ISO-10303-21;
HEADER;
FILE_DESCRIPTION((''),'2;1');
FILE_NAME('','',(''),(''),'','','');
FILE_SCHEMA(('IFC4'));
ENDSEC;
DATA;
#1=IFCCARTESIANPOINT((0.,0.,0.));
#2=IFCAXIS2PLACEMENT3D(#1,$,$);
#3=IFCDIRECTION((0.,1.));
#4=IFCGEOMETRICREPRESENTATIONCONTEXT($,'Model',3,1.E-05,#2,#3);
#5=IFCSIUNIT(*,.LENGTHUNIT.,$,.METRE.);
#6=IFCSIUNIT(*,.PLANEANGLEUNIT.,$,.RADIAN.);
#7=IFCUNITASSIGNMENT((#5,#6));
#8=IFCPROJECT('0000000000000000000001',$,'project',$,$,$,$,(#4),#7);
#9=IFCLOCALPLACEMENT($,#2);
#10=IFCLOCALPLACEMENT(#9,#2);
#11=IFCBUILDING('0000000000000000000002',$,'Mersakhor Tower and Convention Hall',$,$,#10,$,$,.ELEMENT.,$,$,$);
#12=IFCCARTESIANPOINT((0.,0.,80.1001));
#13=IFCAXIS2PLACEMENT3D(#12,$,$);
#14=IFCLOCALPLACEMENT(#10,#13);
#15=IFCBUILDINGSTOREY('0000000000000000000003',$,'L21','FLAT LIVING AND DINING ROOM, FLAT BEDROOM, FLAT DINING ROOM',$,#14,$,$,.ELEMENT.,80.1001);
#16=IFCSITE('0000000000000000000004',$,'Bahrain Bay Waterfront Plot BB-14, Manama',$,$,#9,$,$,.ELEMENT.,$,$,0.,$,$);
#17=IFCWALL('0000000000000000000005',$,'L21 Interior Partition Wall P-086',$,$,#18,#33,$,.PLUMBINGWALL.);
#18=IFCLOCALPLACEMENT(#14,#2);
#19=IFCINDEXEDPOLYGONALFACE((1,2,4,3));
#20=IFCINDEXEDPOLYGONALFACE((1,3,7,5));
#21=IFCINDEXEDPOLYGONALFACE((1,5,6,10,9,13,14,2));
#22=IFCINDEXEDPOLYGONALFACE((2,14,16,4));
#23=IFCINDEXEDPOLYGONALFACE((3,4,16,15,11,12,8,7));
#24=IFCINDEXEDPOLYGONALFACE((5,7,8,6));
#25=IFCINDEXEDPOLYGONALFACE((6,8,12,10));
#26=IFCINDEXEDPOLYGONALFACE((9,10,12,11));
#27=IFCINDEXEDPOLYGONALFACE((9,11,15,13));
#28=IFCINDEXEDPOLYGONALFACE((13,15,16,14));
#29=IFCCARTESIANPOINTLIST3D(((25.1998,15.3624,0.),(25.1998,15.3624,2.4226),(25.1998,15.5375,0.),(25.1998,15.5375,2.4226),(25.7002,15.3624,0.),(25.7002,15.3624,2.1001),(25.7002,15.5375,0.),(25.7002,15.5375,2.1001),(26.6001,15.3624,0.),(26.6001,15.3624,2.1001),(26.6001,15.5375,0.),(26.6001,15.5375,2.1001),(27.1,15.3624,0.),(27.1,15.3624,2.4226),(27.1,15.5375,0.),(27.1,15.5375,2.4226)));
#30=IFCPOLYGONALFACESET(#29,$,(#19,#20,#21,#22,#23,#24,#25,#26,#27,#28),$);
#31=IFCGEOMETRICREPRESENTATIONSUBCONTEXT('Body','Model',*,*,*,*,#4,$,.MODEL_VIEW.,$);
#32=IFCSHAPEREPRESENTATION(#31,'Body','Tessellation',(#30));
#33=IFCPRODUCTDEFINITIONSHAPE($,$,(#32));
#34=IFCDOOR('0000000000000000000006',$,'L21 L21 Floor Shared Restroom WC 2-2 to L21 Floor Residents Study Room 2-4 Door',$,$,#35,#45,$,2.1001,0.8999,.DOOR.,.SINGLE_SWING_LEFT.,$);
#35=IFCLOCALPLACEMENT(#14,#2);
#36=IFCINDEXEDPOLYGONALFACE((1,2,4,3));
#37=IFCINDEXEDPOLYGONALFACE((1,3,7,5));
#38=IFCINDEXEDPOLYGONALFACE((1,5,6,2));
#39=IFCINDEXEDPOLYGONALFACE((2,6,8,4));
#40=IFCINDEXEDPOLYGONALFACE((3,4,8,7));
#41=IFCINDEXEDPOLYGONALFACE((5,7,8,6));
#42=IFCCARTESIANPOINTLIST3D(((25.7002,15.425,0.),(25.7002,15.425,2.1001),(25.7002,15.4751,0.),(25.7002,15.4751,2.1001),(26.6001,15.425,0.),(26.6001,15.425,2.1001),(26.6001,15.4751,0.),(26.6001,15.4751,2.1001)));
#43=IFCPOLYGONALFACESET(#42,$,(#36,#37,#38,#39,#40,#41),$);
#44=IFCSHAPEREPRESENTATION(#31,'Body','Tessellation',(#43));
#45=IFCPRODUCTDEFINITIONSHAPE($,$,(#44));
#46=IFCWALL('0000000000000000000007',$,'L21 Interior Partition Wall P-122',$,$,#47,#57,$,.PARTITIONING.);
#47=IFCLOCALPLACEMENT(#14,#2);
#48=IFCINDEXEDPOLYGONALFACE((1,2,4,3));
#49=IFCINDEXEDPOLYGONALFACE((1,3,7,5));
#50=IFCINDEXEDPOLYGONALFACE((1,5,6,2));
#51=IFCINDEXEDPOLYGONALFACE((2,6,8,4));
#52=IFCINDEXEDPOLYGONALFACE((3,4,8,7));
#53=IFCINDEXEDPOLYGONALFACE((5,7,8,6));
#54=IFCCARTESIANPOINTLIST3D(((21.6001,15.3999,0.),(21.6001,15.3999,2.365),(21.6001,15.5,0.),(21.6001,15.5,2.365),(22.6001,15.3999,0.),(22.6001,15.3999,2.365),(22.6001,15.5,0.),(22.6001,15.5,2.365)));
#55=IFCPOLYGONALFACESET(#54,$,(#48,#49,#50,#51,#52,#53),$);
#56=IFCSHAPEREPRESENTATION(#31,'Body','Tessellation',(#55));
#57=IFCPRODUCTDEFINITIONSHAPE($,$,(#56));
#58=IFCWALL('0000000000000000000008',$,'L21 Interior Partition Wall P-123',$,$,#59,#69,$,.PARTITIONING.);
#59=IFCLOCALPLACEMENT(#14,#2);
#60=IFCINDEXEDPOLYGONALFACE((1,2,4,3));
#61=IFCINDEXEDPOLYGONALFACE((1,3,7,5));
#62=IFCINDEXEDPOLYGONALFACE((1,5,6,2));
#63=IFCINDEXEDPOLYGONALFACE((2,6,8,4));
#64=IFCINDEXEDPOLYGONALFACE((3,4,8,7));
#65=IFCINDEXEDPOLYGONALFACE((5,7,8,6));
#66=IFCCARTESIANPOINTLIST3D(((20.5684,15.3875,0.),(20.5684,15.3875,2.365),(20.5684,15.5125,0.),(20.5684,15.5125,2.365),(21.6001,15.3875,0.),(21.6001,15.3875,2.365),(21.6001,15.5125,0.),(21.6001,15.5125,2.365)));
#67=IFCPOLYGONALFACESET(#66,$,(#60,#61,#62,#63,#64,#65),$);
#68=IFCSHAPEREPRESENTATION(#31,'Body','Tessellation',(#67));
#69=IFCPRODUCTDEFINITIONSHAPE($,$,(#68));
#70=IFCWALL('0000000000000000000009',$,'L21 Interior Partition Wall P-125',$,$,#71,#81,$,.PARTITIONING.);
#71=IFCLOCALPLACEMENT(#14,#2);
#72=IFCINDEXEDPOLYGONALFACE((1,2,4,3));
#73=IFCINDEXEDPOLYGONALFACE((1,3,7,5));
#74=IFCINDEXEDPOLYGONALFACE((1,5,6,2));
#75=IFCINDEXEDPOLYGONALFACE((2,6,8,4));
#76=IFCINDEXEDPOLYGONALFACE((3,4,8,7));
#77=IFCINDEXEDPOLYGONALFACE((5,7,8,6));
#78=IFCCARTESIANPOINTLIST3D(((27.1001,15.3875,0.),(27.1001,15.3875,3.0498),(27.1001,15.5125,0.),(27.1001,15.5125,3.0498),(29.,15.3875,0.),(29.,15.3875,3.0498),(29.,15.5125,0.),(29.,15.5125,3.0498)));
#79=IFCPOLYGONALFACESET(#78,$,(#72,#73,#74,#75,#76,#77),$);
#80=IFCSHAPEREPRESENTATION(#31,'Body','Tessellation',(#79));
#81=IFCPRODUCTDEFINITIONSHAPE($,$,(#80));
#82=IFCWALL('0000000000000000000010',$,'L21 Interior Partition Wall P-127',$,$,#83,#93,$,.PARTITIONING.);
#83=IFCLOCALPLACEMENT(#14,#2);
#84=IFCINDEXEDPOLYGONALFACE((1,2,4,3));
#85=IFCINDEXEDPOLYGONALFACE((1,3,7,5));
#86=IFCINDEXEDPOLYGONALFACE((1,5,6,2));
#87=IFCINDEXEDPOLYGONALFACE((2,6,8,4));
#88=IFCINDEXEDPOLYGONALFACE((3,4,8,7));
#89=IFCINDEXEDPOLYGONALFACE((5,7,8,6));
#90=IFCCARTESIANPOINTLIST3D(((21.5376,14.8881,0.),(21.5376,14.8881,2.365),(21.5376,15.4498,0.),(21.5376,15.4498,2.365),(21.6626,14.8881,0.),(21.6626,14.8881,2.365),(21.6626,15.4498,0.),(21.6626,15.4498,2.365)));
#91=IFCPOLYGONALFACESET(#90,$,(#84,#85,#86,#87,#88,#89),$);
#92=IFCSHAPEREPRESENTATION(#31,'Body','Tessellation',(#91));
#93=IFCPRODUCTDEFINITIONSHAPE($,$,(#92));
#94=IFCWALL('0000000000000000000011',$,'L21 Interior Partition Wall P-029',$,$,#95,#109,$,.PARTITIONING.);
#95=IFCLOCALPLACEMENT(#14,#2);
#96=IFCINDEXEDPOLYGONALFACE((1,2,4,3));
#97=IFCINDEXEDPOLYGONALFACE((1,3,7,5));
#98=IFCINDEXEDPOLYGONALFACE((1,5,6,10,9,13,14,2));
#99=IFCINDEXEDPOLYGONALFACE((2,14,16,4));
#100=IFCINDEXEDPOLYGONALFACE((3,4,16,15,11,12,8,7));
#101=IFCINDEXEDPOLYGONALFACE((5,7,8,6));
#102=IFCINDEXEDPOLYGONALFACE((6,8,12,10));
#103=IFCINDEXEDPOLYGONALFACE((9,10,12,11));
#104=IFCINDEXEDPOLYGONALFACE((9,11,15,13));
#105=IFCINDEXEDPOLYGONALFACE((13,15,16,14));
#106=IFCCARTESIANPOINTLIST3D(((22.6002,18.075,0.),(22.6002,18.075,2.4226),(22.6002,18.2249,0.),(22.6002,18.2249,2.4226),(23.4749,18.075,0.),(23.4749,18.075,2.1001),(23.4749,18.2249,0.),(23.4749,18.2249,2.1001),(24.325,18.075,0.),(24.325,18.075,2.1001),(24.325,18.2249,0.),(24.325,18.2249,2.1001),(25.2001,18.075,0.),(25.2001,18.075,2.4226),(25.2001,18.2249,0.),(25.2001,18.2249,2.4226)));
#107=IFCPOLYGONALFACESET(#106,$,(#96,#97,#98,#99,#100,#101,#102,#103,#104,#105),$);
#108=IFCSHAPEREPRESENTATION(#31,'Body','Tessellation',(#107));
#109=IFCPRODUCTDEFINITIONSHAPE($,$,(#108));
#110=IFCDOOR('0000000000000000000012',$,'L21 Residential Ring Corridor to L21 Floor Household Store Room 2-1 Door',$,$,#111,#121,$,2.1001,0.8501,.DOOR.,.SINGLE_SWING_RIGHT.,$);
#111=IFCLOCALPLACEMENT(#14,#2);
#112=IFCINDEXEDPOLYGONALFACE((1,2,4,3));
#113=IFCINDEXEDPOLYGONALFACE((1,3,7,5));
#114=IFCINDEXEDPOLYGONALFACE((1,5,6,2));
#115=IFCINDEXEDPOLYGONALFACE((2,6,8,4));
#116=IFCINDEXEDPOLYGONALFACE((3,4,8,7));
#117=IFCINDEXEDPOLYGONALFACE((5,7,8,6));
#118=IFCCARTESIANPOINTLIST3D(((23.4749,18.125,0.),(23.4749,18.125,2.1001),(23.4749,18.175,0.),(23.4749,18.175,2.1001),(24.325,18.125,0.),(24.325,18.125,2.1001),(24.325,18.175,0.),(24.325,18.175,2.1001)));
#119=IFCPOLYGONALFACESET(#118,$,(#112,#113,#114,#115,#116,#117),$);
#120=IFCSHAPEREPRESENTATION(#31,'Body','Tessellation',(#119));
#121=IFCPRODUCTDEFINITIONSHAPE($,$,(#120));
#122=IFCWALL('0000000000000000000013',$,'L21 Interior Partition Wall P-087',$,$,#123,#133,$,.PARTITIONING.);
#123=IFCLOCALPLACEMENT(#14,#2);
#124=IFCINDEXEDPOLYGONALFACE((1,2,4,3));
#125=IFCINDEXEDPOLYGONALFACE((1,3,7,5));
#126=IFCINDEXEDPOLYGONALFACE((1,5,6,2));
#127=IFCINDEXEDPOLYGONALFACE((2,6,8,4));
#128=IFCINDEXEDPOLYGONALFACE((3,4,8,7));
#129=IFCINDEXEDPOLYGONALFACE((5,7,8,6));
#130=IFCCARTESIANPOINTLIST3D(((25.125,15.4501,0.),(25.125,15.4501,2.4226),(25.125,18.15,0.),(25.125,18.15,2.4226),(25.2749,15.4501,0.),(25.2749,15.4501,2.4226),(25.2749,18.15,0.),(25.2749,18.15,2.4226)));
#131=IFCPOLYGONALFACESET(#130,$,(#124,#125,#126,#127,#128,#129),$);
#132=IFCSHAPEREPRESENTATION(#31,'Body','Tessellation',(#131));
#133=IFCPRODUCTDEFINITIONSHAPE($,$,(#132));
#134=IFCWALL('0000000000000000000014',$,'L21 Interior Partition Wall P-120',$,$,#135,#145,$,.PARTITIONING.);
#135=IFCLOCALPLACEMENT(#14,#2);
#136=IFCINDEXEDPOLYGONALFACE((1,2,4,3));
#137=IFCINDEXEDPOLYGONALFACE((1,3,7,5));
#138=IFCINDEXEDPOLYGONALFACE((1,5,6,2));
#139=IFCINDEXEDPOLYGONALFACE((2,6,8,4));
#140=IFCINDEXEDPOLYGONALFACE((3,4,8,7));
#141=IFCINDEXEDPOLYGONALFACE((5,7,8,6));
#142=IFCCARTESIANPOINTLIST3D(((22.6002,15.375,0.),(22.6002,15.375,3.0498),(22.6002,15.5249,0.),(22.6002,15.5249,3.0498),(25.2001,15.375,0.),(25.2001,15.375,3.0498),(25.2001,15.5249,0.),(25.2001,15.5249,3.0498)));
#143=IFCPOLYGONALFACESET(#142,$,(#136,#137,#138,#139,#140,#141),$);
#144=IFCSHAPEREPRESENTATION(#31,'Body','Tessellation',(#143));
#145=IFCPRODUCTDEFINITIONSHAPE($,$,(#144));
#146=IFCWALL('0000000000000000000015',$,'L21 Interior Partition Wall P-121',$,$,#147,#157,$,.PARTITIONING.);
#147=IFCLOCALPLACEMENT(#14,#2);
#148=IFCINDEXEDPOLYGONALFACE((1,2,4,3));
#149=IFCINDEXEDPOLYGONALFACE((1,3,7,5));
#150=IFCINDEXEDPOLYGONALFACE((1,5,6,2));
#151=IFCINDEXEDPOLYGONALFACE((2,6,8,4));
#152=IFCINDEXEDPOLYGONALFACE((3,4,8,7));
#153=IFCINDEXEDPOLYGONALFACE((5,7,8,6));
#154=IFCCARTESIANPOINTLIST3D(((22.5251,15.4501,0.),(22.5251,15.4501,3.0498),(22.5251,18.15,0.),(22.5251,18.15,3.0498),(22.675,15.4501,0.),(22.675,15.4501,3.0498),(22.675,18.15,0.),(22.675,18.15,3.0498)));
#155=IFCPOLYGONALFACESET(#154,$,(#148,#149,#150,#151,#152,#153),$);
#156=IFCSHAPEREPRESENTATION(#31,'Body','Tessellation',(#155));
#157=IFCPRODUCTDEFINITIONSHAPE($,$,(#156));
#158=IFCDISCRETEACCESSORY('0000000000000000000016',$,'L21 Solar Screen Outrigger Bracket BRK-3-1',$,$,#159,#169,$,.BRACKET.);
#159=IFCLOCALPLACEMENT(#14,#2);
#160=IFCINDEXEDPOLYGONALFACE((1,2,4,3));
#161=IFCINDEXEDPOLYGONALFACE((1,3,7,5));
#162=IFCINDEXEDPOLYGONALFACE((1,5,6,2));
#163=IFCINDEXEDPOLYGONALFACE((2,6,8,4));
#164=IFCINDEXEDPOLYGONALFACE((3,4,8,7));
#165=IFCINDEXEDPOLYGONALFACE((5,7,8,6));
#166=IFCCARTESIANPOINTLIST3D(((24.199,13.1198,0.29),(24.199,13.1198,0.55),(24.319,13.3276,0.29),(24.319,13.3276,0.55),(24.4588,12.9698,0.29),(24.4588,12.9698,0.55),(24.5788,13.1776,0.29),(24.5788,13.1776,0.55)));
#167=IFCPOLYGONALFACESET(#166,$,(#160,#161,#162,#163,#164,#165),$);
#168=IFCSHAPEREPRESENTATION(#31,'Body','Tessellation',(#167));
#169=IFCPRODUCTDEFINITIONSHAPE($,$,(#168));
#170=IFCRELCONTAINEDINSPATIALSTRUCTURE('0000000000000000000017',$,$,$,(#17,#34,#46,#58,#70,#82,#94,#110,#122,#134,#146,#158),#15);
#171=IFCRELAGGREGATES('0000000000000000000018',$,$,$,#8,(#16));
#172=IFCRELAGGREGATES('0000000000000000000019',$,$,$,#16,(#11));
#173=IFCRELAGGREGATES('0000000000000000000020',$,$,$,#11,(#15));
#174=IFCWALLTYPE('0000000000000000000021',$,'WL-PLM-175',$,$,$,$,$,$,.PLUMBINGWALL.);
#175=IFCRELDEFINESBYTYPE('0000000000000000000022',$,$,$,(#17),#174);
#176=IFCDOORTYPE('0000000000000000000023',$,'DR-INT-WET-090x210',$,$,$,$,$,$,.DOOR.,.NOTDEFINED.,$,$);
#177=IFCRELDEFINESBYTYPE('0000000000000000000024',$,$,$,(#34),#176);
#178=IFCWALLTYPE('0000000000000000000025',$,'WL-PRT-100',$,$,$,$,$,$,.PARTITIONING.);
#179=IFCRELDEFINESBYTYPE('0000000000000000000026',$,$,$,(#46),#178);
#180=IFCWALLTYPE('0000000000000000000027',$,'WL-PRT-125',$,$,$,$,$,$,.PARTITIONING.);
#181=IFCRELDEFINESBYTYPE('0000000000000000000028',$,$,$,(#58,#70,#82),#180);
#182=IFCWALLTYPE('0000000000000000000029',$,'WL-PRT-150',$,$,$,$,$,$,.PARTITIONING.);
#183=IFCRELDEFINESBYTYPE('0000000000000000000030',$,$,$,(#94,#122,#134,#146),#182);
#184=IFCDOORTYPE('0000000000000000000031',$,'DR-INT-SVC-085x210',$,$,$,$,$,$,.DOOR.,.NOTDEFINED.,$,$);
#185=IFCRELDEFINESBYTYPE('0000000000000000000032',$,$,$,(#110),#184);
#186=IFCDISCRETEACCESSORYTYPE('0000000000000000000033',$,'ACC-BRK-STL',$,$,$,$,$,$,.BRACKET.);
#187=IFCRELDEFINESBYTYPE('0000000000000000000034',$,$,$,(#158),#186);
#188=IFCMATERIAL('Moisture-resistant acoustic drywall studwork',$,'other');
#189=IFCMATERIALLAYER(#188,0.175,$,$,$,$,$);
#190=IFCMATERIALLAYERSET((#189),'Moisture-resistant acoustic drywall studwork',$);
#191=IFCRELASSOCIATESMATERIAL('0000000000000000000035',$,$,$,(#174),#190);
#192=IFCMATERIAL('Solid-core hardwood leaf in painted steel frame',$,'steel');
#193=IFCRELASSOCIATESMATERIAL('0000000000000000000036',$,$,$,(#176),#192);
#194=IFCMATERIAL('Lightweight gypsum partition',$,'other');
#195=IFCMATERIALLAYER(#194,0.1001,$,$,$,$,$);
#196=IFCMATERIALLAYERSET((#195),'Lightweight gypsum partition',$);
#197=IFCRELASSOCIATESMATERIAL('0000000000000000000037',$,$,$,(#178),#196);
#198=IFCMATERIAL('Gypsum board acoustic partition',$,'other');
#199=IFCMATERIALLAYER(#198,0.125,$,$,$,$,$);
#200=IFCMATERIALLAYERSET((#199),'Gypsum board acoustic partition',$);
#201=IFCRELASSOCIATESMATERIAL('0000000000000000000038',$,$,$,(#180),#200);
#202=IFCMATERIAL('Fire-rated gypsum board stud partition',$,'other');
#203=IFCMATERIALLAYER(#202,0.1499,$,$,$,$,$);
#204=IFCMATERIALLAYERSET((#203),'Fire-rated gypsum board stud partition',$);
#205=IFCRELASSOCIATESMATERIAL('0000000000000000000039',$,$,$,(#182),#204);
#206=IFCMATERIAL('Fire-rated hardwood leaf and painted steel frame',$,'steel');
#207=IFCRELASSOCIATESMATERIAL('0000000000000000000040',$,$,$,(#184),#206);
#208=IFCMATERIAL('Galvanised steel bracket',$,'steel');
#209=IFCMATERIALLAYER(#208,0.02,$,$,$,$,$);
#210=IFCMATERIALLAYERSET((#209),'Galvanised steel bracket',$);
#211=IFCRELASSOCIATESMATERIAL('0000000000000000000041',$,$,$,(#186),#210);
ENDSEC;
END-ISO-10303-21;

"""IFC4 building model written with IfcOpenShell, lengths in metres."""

from ifc_helpers import new_model, si_unit, direction, frame, frame_2d, origin, origin_2d, place, context, subcontext, project, spatial, rectangle, extrude, material, layer, layer_set, type_object, element, fill, save


model = new_model("IFC4")

# Units and contexts
model_context = context("Model", 3, precision=1e-05, world=origin(), true_north=direction((0.0, 1.0)))
body_context = subcontext(model_context, "Body", "Model", "MODEL_VIEW")
ifc_project = project(units=[si_unit("LENGTHUNIT", "METRE"), si_unit("PLANEANGLEUNIT", "RADIAN")], contexts=[model_context])

# Site, building, storey
site_placement = place(None, origin())
site = spatial("IfcSite", under=ifc_project, at=site_placement, Name="Bahrain Bay Waterfront Plot BB-14, Manama", CompositionType="ELEMENT", RefElevation=0.0)
building_placement = place(site_placement, origin())
building = spatial("IfcBuilding", under=site, at=building_placement, Name="Mersakhor Tower and Convention Hall", CompositionType="ELEMENT")
storey_placement = place(building_placement, frame((0.0, 0.0, 80.1001)))
storey = spatial("IfcBuildingStorey", under=building, at=storey_placement, Name="L21", Description="FLAT LIVING AND DINING ROOM, FLAT BEDROOM, FLAT DINING ROOM", CompositionType="ELEMENT", Elevation=80.1001)

# Wall, opening, door
ifc_material_1 = material(Name="Moisture-resistant acoustic drywall studwork", Category="other")
ifc_layer_1 = layer(ifc_material_1, 0.175)
ifc_layer_set_1 = layer_set([ifc_layer_1], Name="Moisture-resistant acoustic drywall studwork")
wall_type_1 = type_object("IfcWallType", Name="WL-PLM-175", PredefinedType="PLUMBINGWALL", material=ifc_layer_set_1)
wall_1_placement = place(storey_placement, frame((27.1001, 15.45, 0.0), z_axis=(0.0, 0.0, 1.0), x_axis=(-1.0, 0.0, 0.0)))
wall_1 = element("IfcWall", 1, at=wall_1_placement, inside=storey, type_object=wall_type_1, Name="L21 Interior Partition Wall P-086", PredefinedType="PLUMBINGWALL", context=body_context, shape_type="SweptSolid", body=[
    extrude(rectangle(XDim=1.9001, YDim=0.175, at=frame_2d((0.9502, 0.0))), origin(), (0.0, 0.0, 1.0), 2.4226),
])
opening_1_placement = place(wall_1_placement, frame((0.5, 0.0, 0.0)))
opening_1 = element("IfcOpeningElement", 2, at=opening_1_placement, cuts=wall_1, PredefinedType="OPENING", context=body_context, shape_type="SweptSolid", body=[
    extrude(rectangle(XDim=0.8999, YDim=2.1001, at=frame_2d((0.45, 1.05))), frame((0.0, 0.0974, 0.0), z_axis=(0.0, -1.0, 0.0), x_axis=(1.0, 0.0, 0.0)), (0.0, 0.0, 1.0), 0.1951),
])
ifc_material_2 = material(Name="Solid-core hardwood leaf in painted steel frame", Category="steel")
door_type_1 = type_object("IfcDoorType", Name="DR-INT-WET-090x210", OperationType="NOTDEFINED", PredefinedType="DOOR", material=ifc_material_2)
door_1_placement = place(opening_1_placement, origin())
door_1 = element("IfcDoor", 3, at=door_1_placement, inside=storey, type_object=door_type_1, Name="L21 L21 Floor Shared Restroom WC 2-2 to L21 Floor Residents Study Room 2-4 Door", OperationType="SINGLE_SWING_LEFT", OverallHeight=2.1001, OverallWidth=0.8999, PredefinedType="DOOR", context=body_context, shape_type="SweptSolid", body=[
    extrude(rectangle(XDim=0.8999, YDim=2.1001, at=frame_2d((0.45, 1.05))), frame((0.0, 0.0249, 0.0), z_axis=(0.0, -1.0, 0.0), x_axis=(1.0, 0.0, 0.0)), (0.0, 0.0, 1.0), 0.05),
])
fill(opening_1, door_1)

# Walls
ifc_material_3 = material(Name="Lightweight gypsum partition", Category="other")
ifc_layer_2 = layer(ifc_material_3, 0.1001)
ifc_layer_set_2 = layer_set([ifc_layer_2], Name="Lightweight gypsum partition")
wall_type_2 = type_object("IfcWallType", Name="WL-PRT-100", PredefinedType="PARTITIONING", material=ifc_layer_set_2)
wall_2_placement = place(storey_placement, frame((22.6001, 15.45, 0.0), z_axis=(0.0, 0.0, 1.0), x_axis=(-1.0, 0.0, 0.0)))
element("IfcWall", 4, at=wall_2_placement, inside=storey, type_object=wall_type_2, Name="L21 Interior Partition Wall P-122", PredefinedType="PARTITIONING", context=body_context, shape_type="SweptSolid", body=[
    extrude(rectangle(XDim=1.0, YDim=0.1001, at=frame_2d((0.5, 0.0))), origin(), (0.0, 0.0, 1.0), 2.365),
])
ifc_material_4 = material(Name="Gypsum board acoustic partition", Category="other")
ifc_layer_3 = layer(ifc_material_4, 0.125)
ifc_layer_set_3 = layer_set([ifc_layer_3], Name="Gypsum board acoustic partition")
wall_type_3 = type_object("IfcWallType", Name="WL-PRT-125", PredefinedType="PARTITIONING", material=ifc_layer_set_3)
wall_3_placement = place(storey_placement, frame((21.6001, 15.45, 0.0), z_axis=(0.0, 0.0, 1.0), x_axis=(-1.0, 0.0, 0.0)))
element("IfcWall", 5, at=wall_3_placement, inside=storey, type_object=wall_type_3, Name="L21 Interior Partition Wall P-123", PredefinedType="PARTITIONING", context=body_context, shape_type="SweptSolid", body=[
    extrude(rectangle(XDim=1.0317, YDim=0.125, at=frame_2d((0.5159, 0.0))), origin(), (0.0, 0.0, 1.0), 2.365),
])
wall_4_placement = place(storey_placement, frame((27.1001, 15.45, 0.0), z_axis=(0.0, 0.0, 1.0), x_axis=(1.0, 0.0, 0.0)))
element("IfcWall", 6, at=wall_4_placement, inside=storey, type_object=wall_type_3, Name="L21 Interior Partition Wall P-125", PredefinedType="PARTITIONING", context=body_context, shape_type="SweptSolid", body=[
    extrude(rectangle(XDim=1.8999, YDim=0.125, at=frame_2d((0.95, 0.0))), origin(), (0.0, 0.0, 1.0), 3.0498),
])
wall_5_placement = place(storey_placement, frame((21.6001, 14.8882, 0.0), z_axis=(0.0, 0.0, 1.0), x_axis=(0.0, 1.0, 0.0)))
element("IfcWall", 7, at=wall_5_placement, inside=storey, type_object=wall_type_3, Name="L21 Interior Partition Wall P-127", PredefinedType="PARTITIONING", context=body_context, shape_type="SweptSolid", body=[
    extrude(rectangle(XDim=0.5618, YDim=0.125, at=frame_2d((0.2808, 0.0))), origin(), (0.0, 0.0, 1.0), 2.365),
])

# Wall, opening, door
ifc_material_5 = material(Name="Fire-rated gypsum board stud partition", Category="other")
ifc_layer_4 = layer(ifc_material_5, 0.1499)
ifc_layer_set_4 = layer_set([ifc_layer_4], Name="Fire-rated gypsum board stud partition")
wall_type_4 = type_object("IfcWallType", Name="WL-PRT-150", PredefinedType="PARTITIONING", material=ifc_layer_set_4)
wall_6_placement = place(storey_placement, frame((25.2, 18.1499, 0.0), z_axis=(0.0, 0.0, 1.0), x_axis=(-1.0, 0.0, 0.0)))
wall_6 = element("IfcWall", 8, at=wall_6_placement, inside=storey, type_object=wall_type_4, Name="L21 Interior Partition Wall P-029", PredefinedType="PARTITIONING", context=body_context, shape_type="SweptSolid", body=[
    extrude(rectangle(XDim=2.5999, YDim=0.1499, at=frame_2d((1.2998, 0.0))), origin(), (0.0, 0.0, 1.0), 2.4226),
])
opening_2_placement = place(wall_6_placement, frame((0.875, 0.0, 0.0)))
opening_2 = element("IfcOpeningElement", 9, at=opening_2_placement, cuts=wall_6, PredefinedType="OPENING", context=body_context, shape_type="SweptSolid", body=[
    extrude(rectangle(XDim=0.8501, YDim=2.1001, at=frame_2d((0.425, 1.05))), frame((0.0, 0.085, 0.0), z_axis=(0.0, -1.0, 0.0), x_axis=(1.0, 0.0, 0.0)), (0.0, 0.0, 1.0), 0.1699),
])
ifc_material_6 = material(Name="Fire-rated hardwood leaf and painted steel frame", Category="steel")
door_type_2 = type_object("IfcDoorType", Name="DR-INT-SVC-085x210", OperationType="NOTDEFINED", PredefinedType="DOOR", material=ifc_material_6)
door_2_placement = place(opening_2_placement, origin())
door_2 = element("IfcDoor", 10, at=door_2_placement, inside=storey, type_object=door_type_2, Name="L21 Residential Ring Corridor to L21 Floor Household Store Room 2-1 Door", OperationType="SINGLE_SWING_RIGHT", OverallHeight=2.1001, OverallWidth=0.8501, PredefinedType="DOOR", context=body_context, shape_type="SweptSolid", body=[
    extrude(rectangle(XDim=0.8501, YDim=2.1001, at=frame_2d((0.425, 1.05))), frame((0.0, 0.0249, 0.0), z_axis=(0.0, -1.0, 0.0), x_axis=(1.0, 0.0, 0.0)), (0.0, 0.0, 1.0), 0.05),
])
fill(opening_2, door_2)

# Walls
wall_7_placement = place(storey_placement, frame((25.2, 15.45, 0.0), z_axis=(0.0, 0.0, 1.0), x_axis=(0.0, 1.0, 0.0)))
element("IfcWall", 11, at=wall_7_placement, inside=storey, type_object=wall_type_4, Name="L21 Interior Partition Wall P-087", PredefinedType="PARTITIONING", context=body_context, shape_type="SweptSolid", body=[
    extrude(rectangle(XDim=2.7, YDim=0.1499, at=frame_2d((1.3501, 0.0))), origin(), (0.0, 0.0, 1.0), 2.4226),
])
wall_8_placement = place(storey_placement, frame((25.2, 15.45, 0.0), z_axis=(0.0, 0.0, 1.0), x_axis=(-1.0, 0.0, 0.0)))
element("IfcWall", 12, at=wall_8_placement, inside=storey, type_object=wall_type_4, Name="L21 Interior Partition Wall P-120", PredefinedType="PARTITIONING", context=body_context, shape_type="SweptSolid", body=[
    extrude(rectangle(XDim=2.5999, YDim=0.1499, at=frame_2d((1.2998, 0.0))), origin(), (0.0, 0.0, 1.0), 3.0498),
])
wall_9_placement = place(storey_placement, frame((22.6001, 15.45, 0.0), z_axis=(0.0, 0.0, 1.0), x_axis=(0.0, 1.0, 0.0)))
element("IfcWall", 13, at=wall_9_placement, inside=storey, type_object=wall_type_4, Name="L21 Interior Partition Wall P-121", PredefinedType="PARTITIONING", context=body_context, shape_type="SweptSolid", body=[
    extrude(rectangle(XDim=2.7, YDim=0.1499, at=frame_2d((1.3501, 0.0))), origin(), (0.0, 0.0, 1.0), 3.0498),
])

# Discrete accessory
ifc_material_7 = material(Name="Galvanised steel bracket", Category="steel")
ifc_layer_5 = layer(ifc_material_7, 0.02)
ifc_layer_set_5 = layer_set([ifc_layer_5], Name="Galvanised steel bracket")
discrete_accessory_type = type_object("IfcDiscreteAccessoryType", Name="ACC-BRK-STL", PredefinedType="BRACKET", material=ifc_layer_set_5)
discrete_accessory_placement = place(storey_placement, frame((24.3889, 13.1487, 0.29), z_axis=(0.0, 0.0, 1.0), x_axis=(-0.866025, 0.5, 0.0)))
element("IfcDiscreteAccessory", 14, at=discrete_accessory_placement, inside=storey, type_object=discrete_accessory_type, Name="L21 Solar Screen Outrigger Bracket BRK-3-1", PredefinedType="BRACKET", context=body_context, shape_type="SweptSolid", body=[
    extrude(rectangle(XDim=0.3, YDim=0.24, at=origin_2d()), origin(), (0.0, 0.0, 1.0), 0.26),
])

save(model, "model.ifc")
